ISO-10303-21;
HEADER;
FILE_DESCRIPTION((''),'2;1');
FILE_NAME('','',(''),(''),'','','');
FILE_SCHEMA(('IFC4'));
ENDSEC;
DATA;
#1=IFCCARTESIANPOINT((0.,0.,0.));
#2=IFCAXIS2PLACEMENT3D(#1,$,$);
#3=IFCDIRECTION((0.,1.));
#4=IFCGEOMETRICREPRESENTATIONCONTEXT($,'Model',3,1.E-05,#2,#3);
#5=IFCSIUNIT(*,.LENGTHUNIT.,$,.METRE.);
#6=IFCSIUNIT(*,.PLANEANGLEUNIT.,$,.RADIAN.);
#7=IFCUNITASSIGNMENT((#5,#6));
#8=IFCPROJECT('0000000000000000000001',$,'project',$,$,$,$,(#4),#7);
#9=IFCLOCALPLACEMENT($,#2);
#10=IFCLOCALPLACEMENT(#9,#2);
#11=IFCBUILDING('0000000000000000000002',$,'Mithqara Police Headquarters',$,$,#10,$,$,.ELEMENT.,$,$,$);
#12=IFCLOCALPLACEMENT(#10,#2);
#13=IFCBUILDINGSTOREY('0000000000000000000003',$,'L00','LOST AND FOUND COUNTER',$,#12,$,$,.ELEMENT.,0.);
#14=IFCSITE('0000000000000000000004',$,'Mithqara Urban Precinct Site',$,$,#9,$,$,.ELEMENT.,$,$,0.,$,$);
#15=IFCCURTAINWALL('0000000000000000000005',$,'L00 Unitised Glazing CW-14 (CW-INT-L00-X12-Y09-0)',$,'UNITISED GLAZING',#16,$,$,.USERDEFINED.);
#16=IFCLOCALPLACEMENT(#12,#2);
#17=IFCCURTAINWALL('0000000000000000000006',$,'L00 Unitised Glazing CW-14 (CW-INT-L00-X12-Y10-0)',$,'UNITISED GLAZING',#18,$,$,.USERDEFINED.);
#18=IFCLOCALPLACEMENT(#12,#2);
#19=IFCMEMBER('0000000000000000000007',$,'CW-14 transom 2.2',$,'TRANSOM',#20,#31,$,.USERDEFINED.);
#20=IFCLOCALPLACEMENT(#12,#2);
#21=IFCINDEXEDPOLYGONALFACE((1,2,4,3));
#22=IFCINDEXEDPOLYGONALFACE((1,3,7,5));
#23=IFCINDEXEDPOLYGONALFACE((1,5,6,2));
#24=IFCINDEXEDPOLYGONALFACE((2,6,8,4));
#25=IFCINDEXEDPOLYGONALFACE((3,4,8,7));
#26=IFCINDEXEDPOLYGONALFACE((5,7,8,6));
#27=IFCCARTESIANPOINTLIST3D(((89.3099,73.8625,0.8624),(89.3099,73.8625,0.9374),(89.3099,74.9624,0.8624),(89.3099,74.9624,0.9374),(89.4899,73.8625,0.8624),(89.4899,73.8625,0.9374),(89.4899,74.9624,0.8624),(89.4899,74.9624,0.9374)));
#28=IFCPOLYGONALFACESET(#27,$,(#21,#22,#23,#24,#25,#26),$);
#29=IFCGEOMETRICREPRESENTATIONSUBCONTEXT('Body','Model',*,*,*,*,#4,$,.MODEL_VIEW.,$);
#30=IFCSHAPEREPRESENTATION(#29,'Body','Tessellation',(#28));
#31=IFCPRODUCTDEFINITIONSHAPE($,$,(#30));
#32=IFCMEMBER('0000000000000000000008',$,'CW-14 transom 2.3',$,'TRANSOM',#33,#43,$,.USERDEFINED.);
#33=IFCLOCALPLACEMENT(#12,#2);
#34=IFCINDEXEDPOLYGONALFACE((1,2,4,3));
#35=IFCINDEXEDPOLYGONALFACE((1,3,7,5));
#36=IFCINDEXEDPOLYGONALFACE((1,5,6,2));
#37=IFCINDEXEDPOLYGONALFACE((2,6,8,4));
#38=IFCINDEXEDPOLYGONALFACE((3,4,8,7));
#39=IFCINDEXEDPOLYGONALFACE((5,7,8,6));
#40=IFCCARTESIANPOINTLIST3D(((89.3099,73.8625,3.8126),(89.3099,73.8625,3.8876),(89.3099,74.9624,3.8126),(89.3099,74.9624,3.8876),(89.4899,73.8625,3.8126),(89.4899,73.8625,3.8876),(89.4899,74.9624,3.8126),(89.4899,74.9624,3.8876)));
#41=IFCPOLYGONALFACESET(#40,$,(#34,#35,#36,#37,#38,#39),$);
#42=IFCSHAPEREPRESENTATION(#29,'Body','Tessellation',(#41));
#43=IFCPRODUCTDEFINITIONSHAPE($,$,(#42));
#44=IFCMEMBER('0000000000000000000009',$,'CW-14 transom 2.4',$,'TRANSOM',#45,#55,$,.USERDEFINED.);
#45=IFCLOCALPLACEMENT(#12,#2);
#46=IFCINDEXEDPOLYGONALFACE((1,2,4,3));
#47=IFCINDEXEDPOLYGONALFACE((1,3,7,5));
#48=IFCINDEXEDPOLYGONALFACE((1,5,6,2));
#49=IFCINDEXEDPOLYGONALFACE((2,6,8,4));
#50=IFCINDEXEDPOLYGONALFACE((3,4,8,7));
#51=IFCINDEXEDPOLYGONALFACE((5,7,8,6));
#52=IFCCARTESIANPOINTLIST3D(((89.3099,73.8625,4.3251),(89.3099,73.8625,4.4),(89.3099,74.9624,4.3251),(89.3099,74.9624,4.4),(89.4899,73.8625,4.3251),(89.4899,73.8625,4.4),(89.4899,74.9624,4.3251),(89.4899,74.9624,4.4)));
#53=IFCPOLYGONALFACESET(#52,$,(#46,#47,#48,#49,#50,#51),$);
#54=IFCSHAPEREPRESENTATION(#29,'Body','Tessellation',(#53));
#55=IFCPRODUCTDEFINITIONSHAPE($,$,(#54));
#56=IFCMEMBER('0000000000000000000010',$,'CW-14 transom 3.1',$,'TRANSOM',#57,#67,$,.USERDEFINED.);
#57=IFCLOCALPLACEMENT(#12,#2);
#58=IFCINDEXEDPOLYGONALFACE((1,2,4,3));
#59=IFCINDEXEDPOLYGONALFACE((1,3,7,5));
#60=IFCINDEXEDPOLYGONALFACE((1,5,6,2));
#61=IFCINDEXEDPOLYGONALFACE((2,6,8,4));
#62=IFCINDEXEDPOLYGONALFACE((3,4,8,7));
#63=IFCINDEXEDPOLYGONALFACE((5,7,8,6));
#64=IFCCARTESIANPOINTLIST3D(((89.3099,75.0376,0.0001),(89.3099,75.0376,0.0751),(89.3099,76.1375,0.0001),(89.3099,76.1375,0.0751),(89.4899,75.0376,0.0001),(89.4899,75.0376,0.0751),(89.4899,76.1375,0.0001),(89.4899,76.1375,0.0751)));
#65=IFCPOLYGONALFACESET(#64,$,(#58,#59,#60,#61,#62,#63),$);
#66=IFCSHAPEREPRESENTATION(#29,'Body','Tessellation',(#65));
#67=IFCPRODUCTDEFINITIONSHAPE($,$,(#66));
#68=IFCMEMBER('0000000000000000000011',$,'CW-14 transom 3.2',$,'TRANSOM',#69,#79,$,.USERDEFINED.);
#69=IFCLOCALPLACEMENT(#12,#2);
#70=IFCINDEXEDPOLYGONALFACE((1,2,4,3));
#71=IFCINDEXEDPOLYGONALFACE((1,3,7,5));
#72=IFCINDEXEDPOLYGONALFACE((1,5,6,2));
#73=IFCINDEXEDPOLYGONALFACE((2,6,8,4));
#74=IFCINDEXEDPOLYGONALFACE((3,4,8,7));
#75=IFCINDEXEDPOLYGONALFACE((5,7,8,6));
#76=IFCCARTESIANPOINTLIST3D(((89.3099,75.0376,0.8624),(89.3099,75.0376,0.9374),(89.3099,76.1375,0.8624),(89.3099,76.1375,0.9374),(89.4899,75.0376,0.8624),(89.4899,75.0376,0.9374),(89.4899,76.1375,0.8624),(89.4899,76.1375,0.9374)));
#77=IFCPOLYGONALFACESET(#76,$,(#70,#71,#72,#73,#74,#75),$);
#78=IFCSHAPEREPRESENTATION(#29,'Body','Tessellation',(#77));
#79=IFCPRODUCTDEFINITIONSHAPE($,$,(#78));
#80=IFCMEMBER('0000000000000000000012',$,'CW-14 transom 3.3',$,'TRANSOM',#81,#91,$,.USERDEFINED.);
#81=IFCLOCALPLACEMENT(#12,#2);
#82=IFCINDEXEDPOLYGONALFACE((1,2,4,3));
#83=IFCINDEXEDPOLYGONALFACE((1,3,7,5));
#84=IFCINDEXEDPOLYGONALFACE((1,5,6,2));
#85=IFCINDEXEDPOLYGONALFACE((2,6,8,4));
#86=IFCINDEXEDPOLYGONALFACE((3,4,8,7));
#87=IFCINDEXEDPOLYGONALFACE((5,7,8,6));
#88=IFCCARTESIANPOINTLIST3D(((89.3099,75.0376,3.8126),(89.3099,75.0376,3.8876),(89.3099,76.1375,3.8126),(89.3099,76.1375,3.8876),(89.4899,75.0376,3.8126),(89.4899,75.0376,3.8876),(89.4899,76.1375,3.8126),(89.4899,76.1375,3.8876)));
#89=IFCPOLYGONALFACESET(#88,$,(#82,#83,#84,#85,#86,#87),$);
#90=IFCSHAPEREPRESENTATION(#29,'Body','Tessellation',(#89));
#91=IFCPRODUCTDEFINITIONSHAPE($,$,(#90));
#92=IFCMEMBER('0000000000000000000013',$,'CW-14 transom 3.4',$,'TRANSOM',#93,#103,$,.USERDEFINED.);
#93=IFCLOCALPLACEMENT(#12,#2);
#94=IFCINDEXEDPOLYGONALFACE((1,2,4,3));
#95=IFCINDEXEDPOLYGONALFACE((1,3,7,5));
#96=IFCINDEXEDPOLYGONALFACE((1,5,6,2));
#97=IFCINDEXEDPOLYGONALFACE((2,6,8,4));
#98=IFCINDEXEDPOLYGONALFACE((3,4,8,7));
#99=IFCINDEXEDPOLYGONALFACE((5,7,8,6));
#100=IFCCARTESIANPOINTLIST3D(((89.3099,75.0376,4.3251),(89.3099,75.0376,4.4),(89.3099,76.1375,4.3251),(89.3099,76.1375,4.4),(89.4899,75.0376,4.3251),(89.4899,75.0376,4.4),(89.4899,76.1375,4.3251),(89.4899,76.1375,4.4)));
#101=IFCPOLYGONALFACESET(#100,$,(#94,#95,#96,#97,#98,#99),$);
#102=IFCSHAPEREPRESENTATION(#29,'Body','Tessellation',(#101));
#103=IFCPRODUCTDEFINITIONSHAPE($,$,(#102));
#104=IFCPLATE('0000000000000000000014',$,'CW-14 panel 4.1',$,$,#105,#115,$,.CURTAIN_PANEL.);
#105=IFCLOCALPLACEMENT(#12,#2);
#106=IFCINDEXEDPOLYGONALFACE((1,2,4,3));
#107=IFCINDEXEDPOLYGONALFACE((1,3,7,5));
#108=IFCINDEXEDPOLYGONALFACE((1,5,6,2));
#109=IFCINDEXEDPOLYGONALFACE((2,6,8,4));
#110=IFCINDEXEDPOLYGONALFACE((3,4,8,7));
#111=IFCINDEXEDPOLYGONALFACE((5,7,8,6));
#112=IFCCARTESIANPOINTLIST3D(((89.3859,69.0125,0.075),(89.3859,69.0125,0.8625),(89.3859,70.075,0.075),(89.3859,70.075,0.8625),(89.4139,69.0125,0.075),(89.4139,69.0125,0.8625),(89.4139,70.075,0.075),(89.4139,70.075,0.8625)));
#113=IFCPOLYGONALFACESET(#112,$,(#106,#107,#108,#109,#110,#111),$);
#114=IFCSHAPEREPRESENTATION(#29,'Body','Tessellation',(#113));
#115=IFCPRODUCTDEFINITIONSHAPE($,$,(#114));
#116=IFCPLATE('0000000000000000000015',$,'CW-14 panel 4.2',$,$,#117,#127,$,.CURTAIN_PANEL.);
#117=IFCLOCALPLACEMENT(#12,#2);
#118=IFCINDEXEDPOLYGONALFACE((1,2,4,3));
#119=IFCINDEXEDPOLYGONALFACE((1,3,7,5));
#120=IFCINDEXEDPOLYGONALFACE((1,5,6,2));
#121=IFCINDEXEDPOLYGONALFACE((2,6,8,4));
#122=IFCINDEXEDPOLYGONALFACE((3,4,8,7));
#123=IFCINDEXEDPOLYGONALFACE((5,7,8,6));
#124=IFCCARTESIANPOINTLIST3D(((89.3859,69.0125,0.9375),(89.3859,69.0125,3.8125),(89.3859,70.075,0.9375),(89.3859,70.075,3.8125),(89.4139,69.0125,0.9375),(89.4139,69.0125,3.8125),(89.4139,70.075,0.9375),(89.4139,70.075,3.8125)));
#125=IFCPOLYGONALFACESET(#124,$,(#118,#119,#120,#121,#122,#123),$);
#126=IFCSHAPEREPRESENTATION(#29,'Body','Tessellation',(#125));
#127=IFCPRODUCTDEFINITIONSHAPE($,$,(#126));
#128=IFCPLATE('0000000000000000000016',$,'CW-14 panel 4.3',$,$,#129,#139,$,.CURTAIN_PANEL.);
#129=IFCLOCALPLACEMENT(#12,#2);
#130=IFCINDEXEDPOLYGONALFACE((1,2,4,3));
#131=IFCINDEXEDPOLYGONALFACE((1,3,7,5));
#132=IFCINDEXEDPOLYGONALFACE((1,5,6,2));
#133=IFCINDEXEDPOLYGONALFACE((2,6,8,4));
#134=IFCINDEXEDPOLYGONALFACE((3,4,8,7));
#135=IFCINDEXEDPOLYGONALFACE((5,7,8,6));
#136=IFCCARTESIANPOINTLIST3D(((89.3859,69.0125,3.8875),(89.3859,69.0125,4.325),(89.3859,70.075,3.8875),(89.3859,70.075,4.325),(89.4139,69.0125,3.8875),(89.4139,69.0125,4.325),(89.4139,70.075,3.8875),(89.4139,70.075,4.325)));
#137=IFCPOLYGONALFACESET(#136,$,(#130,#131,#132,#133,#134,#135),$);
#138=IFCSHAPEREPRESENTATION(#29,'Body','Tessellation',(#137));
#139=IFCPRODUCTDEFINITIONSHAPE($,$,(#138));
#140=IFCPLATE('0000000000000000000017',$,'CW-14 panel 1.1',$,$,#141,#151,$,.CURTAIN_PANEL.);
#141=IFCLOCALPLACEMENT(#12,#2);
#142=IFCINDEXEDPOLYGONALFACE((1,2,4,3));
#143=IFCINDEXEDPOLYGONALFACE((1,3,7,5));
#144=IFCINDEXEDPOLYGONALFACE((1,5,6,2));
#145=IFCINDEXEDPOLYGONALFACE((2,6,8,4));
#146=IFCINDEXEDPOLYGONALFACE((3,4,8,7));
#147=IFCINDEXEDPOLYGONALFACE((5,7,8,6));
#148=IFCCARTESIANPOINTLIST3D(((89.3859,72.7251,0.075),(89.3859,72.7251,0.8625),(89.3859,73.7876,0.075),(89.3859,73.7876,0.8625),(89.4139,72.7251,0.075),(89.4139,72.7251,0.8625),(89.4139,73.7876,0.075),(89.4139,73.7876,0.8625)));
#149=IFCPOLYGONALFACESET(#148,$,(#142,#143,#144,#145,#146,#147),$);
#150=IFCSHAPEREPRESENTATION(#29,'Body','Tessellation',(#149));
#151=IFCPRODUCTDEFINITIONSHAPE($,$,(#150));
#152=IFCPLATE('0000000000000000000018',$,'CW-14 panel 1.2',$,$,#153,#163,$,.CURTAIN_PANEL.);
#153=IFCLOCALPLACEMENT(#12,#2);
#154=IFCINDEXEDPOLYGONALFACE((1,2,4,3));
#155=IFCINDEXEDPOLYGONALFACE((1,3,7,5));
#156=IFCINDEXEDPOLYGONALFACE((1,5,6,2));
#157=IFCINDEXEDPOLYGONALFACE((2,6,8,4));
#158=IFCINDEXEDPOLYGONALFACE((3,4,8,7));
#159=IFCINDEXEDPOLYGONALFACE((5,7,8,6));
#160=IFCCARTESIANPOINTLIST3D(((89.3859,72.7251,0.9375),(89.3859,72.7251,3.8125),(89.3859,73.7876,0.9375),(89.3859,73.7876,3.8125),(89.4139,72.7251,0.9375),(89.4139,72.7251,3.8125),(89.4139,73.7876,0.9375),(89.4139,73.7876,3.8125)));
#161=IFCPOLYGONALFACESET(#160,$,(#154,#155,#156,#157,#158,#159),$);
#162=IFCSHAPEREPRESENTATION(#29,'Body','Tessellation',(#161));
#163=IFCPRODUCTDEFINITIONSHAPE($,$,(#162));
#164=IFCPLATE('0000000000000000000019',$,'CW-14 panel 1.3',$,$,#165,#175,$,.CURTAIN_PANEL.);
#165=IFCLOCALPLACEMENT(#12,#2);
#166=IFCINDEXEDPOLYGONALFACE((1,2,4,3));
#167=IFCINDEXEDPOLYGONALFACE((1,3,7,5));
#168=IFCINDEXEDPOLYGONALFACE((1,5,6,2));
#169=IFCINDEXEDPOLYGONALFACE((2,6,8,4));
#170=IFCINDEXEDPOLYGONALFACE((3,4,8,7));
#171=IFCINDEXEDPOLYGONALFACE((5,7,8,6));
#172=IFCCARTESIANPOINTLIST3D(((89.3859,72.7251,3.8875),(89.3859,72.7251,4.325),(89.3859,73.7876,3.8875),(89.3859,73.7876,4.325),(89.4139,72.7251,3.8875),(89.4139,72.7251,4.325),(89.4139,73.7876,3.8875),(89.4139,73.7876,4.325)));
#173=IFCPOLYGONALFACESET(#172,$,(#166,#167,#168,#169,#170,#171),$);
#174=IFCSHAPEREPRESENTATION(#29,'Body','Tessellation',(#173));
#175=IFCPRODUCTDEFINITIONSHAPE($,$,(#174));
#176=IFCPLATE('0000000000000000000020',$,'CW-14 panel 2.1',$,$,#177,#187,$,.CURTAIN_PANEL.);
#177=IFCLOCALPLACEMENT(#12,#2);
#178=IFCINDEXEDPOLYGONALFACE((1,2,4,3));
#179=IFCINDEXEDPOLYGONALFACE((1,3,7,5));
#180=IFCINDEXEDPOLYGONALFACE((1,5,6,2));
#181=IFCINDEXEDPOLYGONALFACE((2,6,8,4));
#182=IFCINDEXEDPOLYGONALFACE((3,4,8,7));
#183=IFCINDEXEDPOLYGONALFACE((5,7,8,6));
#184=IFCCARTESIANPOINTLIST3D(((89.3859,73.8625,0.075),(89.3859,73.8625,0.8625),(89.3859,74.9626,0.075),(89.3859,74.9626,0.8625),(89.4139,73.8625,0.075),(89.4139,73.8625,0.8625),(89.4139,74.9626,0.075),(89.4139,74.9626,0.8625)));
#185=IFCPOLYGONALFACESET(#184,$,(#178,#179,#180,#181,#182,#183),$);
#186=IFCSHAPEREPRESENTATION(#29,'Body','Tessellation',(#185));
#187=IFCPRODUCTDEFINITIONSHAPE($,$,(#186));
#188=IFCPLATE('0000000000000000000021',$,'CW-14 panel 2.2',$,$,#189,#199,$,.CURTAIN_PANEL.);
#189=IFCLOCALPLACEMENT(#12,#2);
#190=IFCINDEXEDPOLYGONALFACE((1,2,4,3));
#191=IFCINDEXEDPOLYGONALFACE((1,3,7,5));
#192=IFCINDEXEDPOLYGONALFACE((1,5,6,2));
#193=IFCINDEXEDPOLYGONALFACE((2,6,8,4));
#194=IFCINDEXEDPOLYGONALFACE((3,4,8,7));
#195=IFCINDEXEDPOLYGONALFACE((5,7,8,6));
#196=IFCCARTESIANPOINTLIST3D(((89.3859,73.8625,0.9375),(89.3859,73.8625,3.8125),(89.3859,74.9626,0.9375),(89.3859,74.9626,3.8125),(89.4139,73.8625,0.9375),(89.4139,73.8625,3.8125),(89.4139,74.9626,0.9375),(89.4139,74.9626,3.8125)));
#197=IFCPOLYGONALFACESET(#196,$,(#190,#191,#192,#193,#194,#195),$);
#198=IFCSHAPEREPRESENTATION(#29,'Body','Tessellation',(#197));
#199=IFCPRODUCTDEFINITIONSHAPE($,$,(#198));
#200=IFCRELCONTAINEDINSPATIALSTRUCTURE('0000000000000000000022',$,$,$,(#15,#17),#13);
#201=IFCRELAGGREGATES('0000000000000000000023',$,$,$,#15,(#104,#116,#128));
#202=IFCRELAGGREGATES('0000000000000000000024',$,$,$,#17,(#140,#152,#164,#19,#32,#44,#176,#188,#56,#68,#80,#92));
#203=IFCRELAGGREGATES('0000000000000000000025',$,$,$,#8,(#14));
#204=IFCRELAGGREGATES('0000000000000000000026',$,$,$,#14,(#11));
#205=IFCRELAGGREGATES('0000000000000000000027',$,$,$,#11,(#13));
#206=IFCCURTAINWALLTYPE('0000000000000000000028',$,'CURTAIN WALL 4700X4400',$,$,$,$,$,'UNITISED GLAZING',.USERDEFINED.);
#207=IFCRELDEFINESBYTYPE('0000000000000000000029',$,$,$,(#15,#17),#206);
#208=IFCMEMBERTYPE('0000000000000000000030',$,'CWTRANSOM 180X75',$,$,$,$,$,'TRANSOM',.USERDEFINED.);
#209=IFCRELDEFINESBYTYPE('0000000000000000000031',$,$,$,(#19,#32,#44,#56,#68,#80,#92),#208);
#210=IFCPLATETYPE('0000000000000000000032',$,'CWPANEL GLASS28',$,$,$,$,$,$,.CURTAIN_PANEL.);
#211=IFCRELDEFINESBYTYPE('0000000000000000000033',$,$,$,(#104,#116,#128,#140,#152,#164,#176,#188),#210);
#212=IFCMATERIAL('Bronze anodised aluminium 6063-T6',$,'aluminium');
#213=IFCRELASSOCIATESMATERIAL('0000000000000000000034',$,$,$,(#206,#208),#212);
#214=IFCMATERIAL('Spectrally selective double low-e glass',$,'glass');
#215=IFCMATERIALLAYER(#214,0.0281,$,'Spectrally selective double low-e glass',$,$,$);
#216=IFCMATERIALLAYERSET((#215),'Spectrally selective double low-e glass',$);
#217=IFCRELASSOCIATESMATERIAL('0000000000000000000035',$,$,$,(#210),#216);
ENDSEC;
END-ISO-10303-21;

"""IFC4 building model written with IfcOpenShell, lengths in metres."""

from ifc_helpers import new_model, si_unit, direction, frame, origin, origin_2d, place, context, subcontext, project, spatial, rectangle, extrude, material, layer, layer_set, material_profile, profile_set, type_object, element, aggregate, save


model = new_model("IFC4")

# Units and contexts
model_context = context("Model", 3, precision=1e-05, world=origin(), true_north=direction((0.0, 1.0)))
body_context = subcontext(model_context, "Body", "Model", "MODEL_VIEW")
ifc_project = project(units=[si_unit("LENGTHUNIT", "METRE"), si_unit("PLANEANGLEUNIT", "RADIAN")], contexts=[model_context])

# Site, building, storey
site_placement = place(None, origin())
site = spatial("IfcSite", under=ifc_project, at=site_placement, Name="Mithqara Urban Precinct Site", CompositionType="ELEMENT", RefElevation=0.0)
building_placement = place(site_placement, origin())
building = spatial("IfcBuilding", under=site, at=building_placement, Name="Mithqara Police Headquarters", CompositionType="ELEMENT")
storey_placement = place(building_placement, origin())
storey = spatial("IfcBuildingStorey", under=building, at=storey_placement, Name="L00", Description="LOST AND FOUND COUNTER", CompositionType="ELEMENT", Elevation=0.0)

# Curtain walls
ifc_material_1 = material(Name="Bronze anodised aluminium 6063-T6", Category="aluminium")
curtain_wall_type = type_object("IfcCurtainWallType", Name="CURTAIN WALL 4700X4400", ElementType="UNITISED GLAZING", PredefinedType="USERDEFINED", material=ifc_material_1)
curtain_wall_1_placement = place(storey_placement, origin())
curtain_wall_1 = element("IfcCurtainWall", 1, at=curtain_wall_1_placement, inside=storey, type_object=curtain_wall_type, Name="L00 Unitised Glazing CW-14 (CW-INT-L00-X12-Y09-0)", ObjectType="UNITISED GLAZING", PredefinedType="USERDEFINED")
curtain_wall_2_placement = place(storey_placement, origin())
curtain_wall_2 = element("IfcCurtainWall", 2, at=curtain_wall_2_placement, inside=storey, type_object=curtain_wall_type, Name="L00 Unitised Glazing CW-14 (CW-INT-L00-X12-Y10-0)", ObjectType="UNITISED GLAZING", PredefinedType="USERDEFINED")

# Members
ifc_material_profile_1 = material_profile(ifc_material_1, rectangle(XDim=0.1799, YDim=0.075, at=origin_2d()), Name="CWT 180x75")
ifc_profile_set_1 = profile_set([ifc_material_profile_1], Name="Bronze anodised aluminium 6063-T6")
member_type_1 = type_object("IfcMemberType", Name="CWTRANSOM 180X75", ElementType="TRANSOM", PredefinedType="USERDEFINED", material=ifc_profile_set_1)
member_1_placement = place(storey_placement, frame((89.3999, 73.8625, 0.8999), z_axis=(0.0, 1.0, 0.0), x_axis=(-1.0, 0.0, 0.0)))
member_1 = element("IfcMember", 3, at=member_1_placement, type_object=member_type_1, Name="CW-14 transom 2.2", ObjectType="TRANSOM", PredefinedType="USERDEFINED", context=body_context, shape_type="SweptSolid", body=[
    extrude(rectangle(XDim=0.1799, YDim=0.075, at=origin_2d()), origin(), (0.0, 0.0, 1.0), 1.0999),
])
member_2_placement = place(storey_placement, frame((89.3999, 73.8625, 3.8501), z_axis=(0.0, 1.0, 0.0), x_axis=(-1.0, 0.0, 0.0)))
member_2 = element("IfcMember", 4, at=member_2_placement, type_object=member_type_1, Name="CW-14 transom 2.3", ObjectType="TRANSOM", PredefinedType="USERDEFINED", context=body_context, shape_type="SweptSolid", body=[
    extrude(rectangle(XDim=0.1799, YDim=0.075, at=origin_2d()), origin(), (0.0, 0.0, 1.0), 1.0999),
])
member_3_placement = place(storey_placement, frame((89.3999, 73.8625, 4.3625), z_axis=(0.0, 1.0, 0.0), x_axis=(-1.0, 0.0, 0.0)))
member_3 = element("IfcMember", 5, at=member_3_placement, type_object=member_type_1, Name="CW-14 transom 2.4", ObjectType="TRANSOM", PredefinedType="USERDEFINED", context=body_context, shape_type="SweptSolid", body=[
    extrude(rectangle(XDim=0.1799, YDim=0.075, at=origin_2d()), origin(), (0.0, 0.0, 1.0), 1.0999),
])
member_4_placement = place(storey_placement, frame((89.3999, 75.0376, 0.0376), z_axis=(0.0, 1.0, 0.0), x_axis=(-1.0, 0.0, 0.0)))
member_4 = element("IfcMember", 6, at=member_4_placement, type_object=member_type_1, Name="CW-14 transom 3.1", ObjectType="TRANSOM", PredefinedType="USERDEFINED", context=body_context, shape_type="SweptSolid", body=[
    extrude(rectangle(XDim=0.1799, YDim=0.075, at=origin_2d()), origin(), (0.0, 0.0, 1.0), 1.0999),
])
member_5_placement = place(storey_placement, frame((89.3999, 75.0376, 0.8999), z_axis=(0.0, 1.0, 0.0), x_axis=(-1.0, 0.0, 0.0)))
member_5 = element("IfcMember", 7, at=member_5_placement, type_object=member_type_1, Name="CW-14 transom 3.2", ObjectType="TRANSOM", PredefinedType="USERDEFINED", context=body_context, shape_type="SweptSolid", body=[
    extrude(rectangle(XDim=0.1799, YDim=0.075, at=origin_2d()), origin(), (0.0, 0.0, 1.0), 1.0999),
])
member_6_placement = place(storey_placement, frame((89.3999, 75.0376, 3.8501), z_axis=(0.0, 1.0, 0.0), x_axis=(-1.0, 0.0, 0.0)))
member_6 = element("IfcMember", 8, at=member_6_placement, type_object=member_type_1, Name="CW-14 transom 3.3", ObjectType="TRANSOM", PredefinedType="USERDEFINED", context=body_context, shape_type="SweptSolid", body=[
    extrude(rectangle(XDim=0.1799, YDim=0.075, at=origin_2d()), origin(), (0.0, 0.0, 1.0), 1.0999),
])
member_7_placement = place(storey_placement, frame((89.3999, 75.0376, 4.3625), z_axis=(0.0, 1.0, 0.0), x_axis=(-1.0, 0.0, 0.0)))
member_7 = element("IfcMember", 9, at=member_7_placement, type_object=member_type_1, Name="CW-14 transom 3.4", ObjectType="TRANSOM", PredefinedType="USERDEFINED", context=body_context, shape_type="SweptSolid", body=[
    extrude(rectangle(XDim=0.1799, YDim=0.075, at=origin_2d()), origin(), (0.0, 0.0, 1.0), 1.0999),
])

# Plates
ifc_material_2 = material(Name="Spectrally selective double low-e glass", Category="glass")
ifc_layer_1 = layer(ifc_material_2, 0.0281, Name="Spectrally selective double low-e glass")
ifc_layer_set_1 = layer_set([ifc_layer_1], Name="Spectrally selective double low-e glass")
plate_type = type_object("IfcPlateType", Name="CWPANEL GLASS28", PredefinedType="CURTAIN_PANEL", material=ifc_layer_set_1)
plate_1_placement = place(storey_placement, frame((89.3999, 69.5437, 0.075), z_axis=(0.0, 0.0, 1.0), x_axis=(0.0, 1.0, 0.0)))
plate_1 = element("IfcPlate", 10, at=plate_1_placement, type_object=plate_type, Name="CW-14 panel 4.1", PredefinedType="CURTAIN_PANEL", context=body_context, shape_type="SweptSolid", body=[
    extrude(rectangle(XDim=1.0625, YDim=0.0281, at=origin_2d()), origin(), (0.0, 0.0, 1.0), 0.7876),
])
plate_2_placement = place(storey_placement, frame((89.3999, 69.5437, 0.9375), z_axis=(0.0, 0.0, 1.0), x_axis=(0.0, 1.0, 0.0)))
plate_2 = element("IfcPlate", 11, at=plate_2_placement, type_object=plate_type, Name="CW-14 panel 4.2", PredefinedType="CURTAIN_PANEL", context=body_context, shape_type="SweptSolid", body=[
    extrude(rectangle(XDim=1.0625, YDim=0.0281, at=origin_2d()), origin(), (0.0, 0.0, 1.0), 2.875),
])
plate_3_placement = place(storey_placement, frame((89.3999, 69.5437, 3.8875), z_axis=(0.0, 0.0, 1.0), x_axis=(0.0, 1.0, 0.0)))
plate_3 = element("IfcPlate", 12, at=plate_3_placement, type_object=plate_type, Name="CW-14 panel 4.3", PredefinedType="CURTAIN_PANEL", context=body_context, shape_type="SweptSolid", body=[
    extrude(rectangle(XDim=1.0625, YDim=0.0281, at=origin_2d()), origin(), (0.0, 0.0, 1.0), 0.4375),
])
aggregate(curtain_wall_1, [plate_1, plate_2, plate_3])
plate_4_placement = place(storey_placement, frame((89.3999, 73.2563, 0.075), z_axis=(0.0, 0.0, 1.0), x_axis=(0.0, 1.0, 0.0)))
plate_4 = element("IfcPlate", 13, at=plate_4_placement, type_object=plate_type, Name="CW-14 panel 1.1", PredefinedType="CURTAIN_PANEL", context=body_context, shape_type="SweptSolid", body=[
    extrude(rectangle(XDim=1.0625, YDim=0.0281, at=origin_2d()), origin(), (0.0, 0.0, 1.0), 0.7876),
])
plate_5_placement = place(storey_placement, frame((89.3999, 73.2563, 0.9375), z_axis=(0.0, 0.0, 1.0), x_axis=(0.0, 1.0, 0.0)))
plate_5 = element("IfcPlate", 14, at=plate_5_placement, type_object=plate_type, Name="CW-14 panel 1.2", PredefinedType="CURTAIN_PANEL", context=body_context, shape_type="SweptSolid", body=[
    extrude(rectangle(XDim=1.0625, YDim=0.0281, at=origin_2d()), origin(), (0.0, 0.0, 1.0), 2.875),
])
plate_6_placement = place(storey_placement, frame((89.3999, 73.2563, 3.8875), z_axis=(0.0, 0.0, 1.0), x_axis=(0.0, 1.0, 0.0)))
plate_6 = element("IfcPlate", 15, at=plate_6_placement, type_object=plate_type, Name="CW-14 panel 1.3", PredefinedType="CURTAIN_PANEL", context=body_context, shape_type="SweptSolid", body=[
    extrude(rectangle(XDim=1.0625, YDim=0.0281, at=origin_2d()), origin(), (0.0, 0.0, 1.0), 0.4375),
])
plate_7_placement = place(storey_placement, frame((89.3999, 74.4126, 0.075), z_axis=(0.0, 0.0, 1.0), x_axis=(0.0, 1.0, 0.0)))
plate_7 = element("IfcPlate", 16, at=plate_7_placement, type_object=plate_type, Name="CW-14 panel 2.1", PredefinedType="CURTAIN_PANEL", context=body_context, shape_type="SweptSolid", body=[
    extrude(rectangle(XDim=1.1001, YDim=0.0281, at=origin_2d()), origin(), (0.0, 0.0, 1.0), 0.7876),
])
plate_8_placement = place(storey_placement, frame((89.3999, 74.4126, 0.9375), z_axis=(0.0, 0.0, 1.0), x_axis=(0.0, 1.0, 0.0)))
plate_8 = element("IfcPlate", 17, at=plate_8_placement, type_object=plate_type, Name="CW-14 panel 2.2", PredefinedType="CURTAIN_PANEL", context=body_context, shape_type="SweptSolid", body=[
    extrude(rectangle(XDim=1.1001, YDim=0.0281, at=origin_2d()), origin(), (0.0, 0.0, 1.0), 2.875),
])
aggregate(curtain_wall_2, [plate_4, plate_5, plate_6, member_1, member_2, member_3, plate_7, plate_8, member_4, member_5, member_6, member_7])

save(model, "model.ifc")
